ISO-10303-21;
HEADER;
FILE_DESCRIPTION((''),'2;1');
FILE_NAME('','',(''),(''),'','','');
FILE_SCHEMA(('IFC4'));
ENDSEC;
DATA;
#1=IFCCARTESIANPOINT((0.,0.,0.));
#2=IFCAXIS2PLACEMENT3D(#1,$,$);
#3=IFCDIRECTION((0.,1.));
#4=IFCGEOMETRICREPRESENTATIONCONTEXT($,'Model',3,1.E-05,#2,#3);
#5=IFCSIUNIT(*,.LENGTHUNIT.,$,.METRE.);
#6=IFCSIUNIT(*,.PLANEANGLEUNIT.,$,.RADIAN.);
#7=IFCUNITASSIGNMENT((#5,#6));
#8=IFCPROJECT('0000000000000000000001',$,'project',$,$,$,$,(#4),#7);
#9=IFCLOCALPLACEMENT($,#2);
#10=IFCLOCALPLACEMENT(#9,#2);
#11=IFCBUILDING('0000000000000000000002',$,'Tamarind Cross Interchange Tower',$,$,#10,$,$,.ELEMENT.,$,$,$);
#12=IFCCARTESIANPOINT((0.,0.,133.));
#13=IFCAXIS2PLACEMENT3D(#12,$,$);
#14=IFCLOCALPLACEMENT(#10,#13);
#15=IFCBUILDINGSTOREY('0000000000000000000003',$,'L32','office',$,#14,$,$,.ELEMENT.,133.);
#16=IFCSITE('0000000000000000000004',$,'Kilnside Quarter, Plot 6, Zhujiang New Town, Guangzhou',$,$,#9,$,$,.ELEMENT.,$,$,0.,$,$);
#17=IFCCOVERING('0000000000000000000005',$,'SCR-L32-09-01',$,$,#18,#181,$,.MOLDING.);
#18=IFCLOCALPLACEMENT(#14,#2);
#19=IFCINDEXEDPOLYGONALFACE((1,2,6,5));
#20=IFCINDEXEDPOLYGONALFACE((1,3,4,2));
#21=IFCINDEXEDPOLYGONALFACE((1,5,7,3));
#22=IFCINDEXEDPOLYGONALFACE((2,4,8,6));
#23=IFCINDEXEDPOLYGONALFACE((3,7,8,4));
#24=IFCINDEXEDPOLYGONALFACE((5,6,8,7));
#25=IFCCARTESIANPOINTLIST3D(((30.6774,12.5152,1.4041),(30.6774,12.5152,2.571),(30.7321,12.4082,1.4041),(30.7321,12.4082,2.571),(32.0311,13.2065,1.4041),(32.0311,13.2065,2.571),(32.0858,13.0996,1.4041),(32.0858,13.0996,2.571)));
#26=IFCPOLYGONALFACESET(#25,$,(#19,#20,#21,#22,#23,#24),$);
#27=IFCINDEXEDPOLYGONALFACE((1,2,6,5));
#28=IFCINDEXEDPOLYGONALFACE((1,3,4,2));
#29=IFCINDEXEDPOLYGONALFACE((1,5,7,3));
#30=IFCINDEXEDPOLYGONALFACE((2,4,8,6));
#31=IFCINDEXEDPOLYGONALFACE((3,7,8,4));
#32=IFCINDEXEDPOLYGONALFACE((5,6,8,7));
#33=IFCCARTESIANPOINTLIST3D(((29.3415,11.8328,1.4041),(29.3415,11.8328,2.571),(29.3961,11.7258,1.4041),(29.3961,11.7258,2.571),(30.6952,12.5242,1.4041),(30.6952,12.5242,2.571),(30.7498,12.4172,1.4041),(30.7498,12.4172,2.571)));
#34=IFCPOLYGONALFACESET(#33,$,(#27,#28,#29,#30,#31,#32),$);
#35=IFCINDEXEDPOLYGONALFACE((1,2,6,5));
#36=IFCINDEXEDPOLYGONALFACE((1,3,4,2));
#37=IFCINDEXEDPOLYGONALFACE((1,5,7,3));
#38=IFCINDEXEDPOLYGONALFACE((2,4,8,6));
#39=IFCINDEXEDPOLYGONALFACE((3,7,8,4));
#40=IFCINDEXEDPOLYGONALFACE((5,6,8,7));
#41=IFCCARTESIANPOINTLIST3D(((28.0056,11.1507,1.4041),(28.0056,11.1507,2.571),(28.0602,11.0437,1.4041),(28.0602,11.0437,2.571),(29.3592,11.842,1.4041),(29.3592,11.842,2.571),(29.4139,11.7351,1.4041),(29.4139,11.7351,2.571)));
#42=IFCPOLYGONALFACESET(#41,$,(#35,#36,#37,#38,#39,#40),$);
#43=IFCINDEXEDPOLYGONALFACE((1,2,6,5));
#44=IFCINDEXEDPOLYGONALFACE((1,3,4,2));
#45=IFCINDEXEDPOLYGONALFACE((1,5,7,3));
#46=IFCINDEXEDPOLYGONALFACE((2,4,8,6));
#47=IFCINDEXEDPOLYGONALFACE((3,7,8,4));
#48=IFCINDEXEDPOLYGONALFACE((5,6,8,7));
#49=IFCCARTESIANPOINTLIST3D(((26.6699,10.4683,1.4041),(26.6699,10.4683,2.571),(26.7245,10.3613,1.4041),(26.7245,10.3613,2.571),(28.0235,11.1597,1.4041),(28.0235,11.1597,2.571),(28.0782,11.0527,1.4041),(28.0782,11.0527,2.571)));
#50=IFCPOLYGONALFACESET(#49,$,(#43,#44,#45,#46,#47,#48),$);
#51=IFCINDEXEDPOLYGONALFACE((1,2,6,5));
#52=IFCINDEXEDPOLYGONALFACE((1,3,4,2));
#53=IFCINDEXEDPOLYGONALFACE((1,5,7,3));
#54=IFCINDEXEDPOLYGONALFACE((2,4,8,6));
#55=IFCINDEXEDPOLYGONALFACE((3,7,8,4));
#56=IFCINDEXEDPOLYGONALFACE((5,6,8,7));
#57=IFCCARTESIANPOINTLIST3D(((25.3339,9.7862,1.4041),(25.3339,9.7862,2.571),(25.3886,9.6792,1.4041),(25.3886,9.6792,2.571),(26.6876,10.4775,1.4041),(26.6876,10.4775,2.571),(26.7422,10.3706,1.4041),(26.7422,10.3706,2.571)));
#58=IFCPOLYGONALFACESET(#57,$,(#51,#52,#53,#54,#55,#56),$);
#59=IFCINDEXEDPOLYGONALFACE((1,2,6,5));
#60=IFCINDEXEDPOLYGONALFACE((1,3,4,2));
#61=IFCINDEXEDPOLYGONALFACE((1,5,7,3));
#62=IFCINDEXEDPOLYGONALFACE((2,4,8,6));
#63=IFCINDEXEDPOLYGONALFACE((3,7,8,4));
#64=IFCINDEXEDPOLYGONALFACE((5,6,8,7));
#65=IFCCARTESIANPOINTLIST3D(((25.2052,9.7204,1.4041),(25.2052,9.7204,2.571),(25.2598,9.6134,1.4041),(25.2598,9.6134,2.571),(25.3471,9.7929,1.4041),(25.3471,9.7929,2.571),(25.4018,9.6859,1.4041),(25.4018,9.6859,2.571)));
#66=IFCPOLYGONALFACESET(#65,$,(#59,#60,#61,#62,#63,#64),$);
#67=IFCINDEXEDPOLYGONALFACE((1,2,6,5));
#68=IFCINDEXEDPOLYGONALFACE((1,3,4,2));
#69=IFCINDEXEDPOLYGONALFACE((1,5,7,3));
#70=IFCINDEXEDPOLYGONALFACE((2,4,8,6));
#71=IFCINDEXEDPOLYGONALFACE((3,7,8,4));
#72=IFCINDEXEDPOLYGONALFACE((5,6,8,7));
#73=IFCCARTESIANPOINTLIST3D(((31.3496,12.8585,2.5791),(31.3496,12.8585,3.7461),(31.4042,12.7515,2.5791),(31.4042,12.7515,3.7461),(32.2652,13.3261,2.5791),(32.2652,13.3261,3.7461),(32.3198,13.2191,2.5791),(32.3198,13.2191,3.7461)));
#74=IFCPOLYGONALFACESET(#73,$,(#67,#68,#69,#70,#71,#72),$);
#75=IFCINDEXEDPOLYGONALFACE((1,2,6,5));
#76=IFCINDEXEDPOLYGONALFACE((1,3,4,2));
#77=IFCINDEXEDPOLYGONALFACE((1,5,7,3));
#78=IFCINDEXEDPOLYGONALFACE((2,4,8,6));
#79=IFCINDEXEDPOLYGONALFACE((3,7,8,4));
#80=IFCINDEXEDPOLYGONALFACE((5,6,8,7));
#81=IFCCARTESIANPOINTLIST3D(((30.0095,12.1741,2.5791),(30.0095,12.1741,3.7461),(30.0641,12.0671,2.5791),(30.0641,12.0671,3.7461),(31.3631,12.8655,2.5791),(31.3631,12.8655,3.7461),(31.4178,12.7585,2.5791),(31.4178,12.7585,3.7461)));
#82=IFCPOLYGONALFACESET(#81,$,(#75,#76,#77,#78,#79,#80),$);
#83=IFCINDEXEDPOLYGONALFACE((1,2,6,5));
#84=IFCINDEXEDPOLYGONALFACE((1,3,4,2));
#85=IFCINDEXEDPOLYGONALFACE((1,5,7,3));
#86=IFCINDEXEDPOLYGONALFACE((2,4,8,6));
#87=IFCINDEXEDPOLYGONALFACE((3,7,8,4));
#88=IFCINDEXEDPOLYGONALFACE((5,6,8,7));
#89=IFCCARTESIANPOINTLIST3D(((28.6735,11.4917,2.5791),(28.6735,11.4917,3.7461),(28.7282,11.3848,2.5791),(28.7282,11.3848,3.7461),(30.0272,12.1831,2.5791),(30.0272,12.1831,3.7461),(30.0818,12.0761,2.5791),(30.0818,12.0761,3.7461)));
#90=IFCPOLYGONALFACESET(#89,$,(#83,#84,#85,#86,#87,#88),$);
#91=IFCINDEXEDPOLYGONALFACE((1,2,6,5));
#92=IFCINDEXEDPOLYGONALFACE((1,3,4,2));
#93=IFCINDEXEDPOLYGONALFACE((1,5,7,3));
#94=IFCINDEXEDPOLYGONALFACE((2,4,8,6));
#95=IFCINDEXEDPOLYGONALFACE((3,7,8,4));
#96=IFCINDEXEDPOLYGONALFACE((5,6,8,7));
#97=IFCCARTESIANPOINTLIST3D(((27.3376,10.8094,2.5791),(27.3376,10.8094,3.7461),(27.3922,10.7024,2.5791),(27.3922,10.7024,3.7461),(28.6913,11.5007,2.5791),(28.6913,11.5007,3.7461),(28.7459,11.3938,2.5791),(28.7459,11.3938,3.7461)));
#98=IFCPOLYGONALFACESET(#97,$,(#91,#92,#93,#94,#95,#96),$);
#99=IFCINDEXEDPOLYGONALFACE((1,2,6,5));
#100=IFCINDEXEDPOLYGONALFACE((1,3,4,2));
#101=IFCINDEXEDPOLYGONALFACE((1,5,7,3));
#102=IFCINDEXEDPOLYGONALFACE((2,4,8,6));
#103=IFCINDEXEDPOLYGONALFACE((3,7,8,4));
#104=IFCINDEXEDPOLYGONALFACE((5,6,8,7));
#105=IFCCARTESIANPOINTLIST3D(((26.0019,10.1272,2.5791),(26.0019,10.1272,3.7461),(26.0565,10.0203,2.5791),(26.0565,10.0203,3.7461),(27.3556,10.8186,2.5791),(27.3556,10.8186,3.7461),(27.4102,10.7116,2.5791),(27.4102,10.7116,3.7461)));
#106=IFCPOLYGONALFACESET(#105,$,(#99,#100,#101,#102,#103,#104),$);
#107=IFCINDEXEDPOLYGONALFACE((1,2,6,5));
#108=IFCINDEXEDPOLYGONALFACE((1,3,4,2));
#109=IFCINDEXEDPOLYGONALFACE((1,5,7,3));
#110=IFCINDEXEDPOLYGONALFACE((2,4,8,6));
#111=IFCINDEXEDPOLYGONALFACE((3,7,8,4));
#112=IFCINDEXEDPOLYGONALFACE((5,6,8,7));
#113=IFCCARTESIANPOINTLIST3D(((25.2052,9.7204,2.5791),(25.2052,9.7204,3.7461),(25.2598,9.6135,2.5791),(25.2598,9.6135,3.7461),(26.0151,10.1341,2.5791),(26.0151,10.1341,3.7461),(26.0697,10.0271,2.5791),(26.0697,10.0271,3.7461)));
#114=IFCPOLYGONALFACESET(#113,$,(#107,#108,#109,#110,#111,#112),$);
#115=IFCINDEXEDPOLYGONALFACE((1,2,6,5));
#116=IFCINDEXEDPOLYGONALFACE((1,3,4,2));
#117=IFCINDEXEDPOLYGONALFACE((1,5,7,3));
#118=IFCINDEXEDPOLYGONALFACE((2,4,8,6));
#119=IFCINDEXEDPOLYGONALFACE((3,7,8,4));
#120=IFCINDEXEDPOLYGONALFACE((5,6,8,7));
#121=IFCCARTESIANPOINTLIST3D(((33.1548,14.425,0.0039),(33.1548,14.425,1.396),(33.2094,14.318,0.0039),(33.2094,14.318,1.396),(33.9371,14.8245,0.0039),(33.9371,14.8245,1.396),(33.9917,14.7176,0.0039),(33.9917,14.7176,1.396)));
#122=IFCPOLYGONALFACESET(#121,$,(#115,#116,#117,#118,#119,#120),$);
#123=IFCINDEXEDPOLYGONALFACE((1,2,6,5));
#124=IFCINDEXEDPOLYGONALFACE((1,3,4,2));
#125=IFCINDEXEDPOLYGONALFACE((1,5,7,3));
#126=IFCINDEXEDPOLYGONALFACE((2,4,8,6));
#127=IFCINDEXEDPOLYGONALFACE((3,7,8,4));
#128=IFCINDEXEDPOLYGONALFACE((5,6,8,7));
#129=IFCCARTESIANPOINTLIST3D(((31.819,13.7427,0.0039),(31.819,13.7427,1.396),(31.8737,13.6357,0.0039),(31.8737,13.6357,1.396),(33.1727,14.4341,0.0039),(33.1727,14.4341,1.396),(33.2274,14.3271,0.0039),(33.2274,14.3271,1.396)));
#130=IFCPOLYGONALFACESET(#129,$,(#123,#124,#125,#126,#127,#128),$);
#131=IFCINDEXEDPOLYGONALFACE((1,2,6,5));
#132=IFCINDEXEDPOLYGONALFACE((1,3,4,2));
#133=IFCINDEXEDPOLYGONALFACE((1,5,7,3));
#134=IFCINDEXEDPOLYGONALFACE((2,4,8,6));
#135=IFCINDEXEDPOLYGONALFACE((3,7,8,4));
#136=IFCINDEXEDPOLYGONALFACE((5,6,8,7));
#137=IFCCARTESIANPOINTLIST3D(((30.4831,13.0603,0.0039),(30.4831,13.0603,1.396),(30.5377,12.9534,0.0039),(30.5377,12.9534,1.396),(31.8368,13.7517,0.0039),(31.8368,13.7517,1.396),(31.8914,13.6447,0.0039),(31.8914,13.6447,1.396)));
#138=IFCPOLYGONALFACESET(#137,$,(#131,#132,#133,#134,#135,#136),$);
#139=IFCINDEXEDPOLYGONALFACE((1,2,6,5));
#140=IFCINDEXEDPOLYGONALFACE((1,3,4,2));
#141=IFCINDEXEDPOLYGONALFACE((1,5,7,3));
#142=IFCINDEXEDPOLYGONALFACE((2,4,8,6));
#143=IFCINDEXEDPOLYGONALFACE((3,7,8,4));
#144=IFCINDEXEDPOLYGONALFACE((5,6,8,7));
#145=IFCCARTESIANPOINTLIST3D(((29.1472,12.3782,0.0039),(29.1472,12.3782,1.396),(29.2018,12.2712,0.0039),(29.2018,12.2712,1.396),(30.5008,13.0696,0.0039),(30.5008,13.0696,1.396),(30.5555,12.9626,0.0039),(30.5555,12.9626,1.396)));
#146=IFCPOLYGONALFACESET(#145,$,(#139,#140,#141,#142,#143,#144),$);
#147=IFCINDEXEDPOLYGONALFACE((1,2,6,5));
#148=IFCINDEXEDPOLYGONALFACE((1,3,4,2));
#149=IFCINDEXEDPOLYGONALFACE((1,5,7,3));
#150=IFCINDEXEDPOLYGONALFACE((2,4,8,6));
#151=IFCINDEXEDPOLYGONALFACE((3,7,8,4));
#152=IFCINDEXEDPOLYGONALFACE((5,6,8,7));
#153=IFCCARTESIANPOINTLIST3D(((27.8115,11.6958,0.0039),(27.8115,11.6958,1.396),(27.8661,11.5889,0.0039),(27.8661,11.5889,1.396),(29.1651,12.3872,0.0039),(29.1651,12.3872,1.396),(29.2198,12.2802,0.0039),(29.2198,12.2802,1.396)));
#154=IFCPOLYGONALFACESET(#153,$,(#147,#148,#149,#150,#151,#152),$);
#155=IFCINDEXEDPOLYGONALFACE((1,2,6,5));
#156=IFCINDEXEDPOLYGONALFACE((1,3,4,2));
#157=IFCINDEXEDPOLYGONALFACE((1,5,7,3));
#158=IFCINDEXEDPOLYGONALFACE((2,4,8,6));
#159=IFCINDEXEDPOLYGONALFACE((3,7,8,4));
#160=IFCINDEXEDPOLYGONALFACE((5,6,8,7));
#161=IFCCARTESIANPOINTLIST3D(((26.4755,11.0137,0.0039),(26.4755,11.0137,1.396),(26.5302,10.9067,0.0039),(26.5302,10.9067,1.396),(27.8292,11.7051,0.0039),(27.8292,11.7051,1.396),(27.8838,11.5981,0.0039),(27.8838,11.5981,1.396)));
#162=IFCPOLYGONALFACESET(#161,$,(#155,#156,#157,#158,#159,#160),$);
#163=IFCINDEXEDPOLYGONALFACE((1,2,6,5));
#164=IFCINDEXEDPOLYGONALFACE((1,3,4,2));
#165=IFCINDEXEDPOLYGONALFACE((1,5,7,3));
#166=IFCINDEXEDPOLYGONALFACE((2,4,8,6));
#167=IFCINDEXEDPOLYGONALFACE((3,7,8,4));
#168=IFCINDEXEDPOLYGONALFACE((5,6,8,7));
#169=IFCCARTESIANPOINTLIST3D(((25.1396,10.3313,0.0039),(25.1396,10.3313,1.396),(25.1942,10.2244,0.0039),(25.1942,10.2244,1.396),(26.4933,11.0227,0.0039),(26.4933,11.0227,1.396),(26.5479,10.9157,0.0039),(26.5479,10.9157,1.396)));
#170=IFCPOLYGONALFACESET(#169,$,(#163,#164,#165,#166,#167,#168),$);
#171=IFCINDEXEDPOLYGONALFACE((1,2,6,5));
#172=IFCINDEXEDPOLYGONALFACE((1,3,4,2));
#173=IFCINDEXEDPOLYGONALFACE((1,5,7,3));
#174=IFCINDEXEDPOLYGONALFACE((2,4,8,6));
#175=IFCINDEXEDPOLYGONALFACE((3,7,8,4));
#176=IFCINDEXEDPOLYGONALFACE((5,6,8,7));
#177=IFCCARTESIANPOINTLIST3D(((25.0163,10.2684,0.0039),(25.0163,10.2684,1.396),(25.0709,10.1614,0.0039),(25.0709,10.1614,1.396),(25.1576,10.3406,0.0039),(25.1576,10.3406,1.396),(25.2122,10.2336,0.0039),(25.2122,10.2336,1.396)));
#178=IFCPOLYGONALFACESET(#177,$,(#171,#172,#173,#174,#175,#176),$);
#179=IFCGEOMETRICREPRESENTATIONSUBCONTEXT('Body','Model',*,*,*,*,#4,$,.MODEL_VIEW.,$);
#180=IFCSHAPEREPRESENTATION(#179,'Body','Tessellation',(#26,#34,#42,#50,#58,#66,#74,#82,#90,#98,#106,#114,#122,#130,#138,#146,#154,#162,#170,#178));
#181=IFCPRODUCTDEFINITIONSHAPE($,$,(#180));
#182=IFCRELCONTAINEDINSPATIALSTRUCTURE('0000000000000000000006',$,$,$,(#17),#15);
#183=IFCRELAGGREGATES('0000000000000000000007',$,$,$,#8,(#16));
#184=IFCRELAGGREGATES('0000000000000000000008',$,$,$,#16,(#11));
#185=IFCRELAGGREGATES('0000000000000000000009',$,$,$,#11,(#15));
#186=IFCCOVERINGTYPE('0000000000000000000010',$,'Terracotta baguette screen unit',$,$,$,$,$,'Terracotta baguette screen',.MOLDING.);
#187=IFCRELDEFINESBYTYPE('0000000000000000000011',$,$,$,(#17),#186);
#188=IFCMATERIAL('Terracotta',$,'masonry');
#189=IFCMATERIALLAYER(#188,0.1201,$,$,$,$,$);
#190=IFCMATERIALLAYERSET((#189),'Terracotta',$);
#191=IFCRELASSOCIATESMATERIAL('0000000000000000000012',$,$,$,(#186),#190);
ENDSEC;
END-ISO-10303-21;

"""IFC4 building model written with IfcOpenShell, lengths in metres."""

from ifc_helpers import new_model, si_unit, direction, frame, origin, origin_2d, place, context, subcontext, project, spatial, rectangle, extrude, material, layer, layer_set, type_object, element, save


model = new_model("IFC4")

# Units and contexts
model_context = context("Model", 3, precision=1e-05, world=origin(), true_north=direction((0.0, 1.0)))
body_context = subcontext(model_context, "Body", "Model", "MODEL_VIEW")
ifc_project = project(units=[si_unit("LENGTHUNIT", "METRE"), si_unit("PLANEANGLEUNIT", "RADIAN")], contexts=[model_context])

# Site, building, storey
site_placement = place(None, origin())
site = spatial("IfcSite", under=ifc_project, at=site_placement, Name="Kilnside Quarter, Plot 6, Zhujiang New Town, Guangzhou", CompositionType="ELEMENT", RefElevation=0.0)
building_placement = place(site_placement, origin())
building = spatial("IfcBuilding", under=site, at=building_placement, Name="Tamarind Cross Interchange Tower", CompositionType="ELEMENT")
storey_placement = place(building_placement, frame((0.0, 0.0, 133.0)))
storey = spatial("IfcBuildingStorey", under=building, at=storey_placement, Name="L32", Description="office", CompositionType="ELEMENT", Elevation=133.0)

# Covering
ifc_material_1 = material(Name="Terracotta", Category="masonry")
ifc_layer_1 = layer(ifc_material_1, 0.1201)
ifc_layer_set_1 = layer_set([ifc_layer_1], Name="Terracotta")
covering_type = type_object("IfcCoveringType", Name="Terracotta baguette screen unit", ElementType="Terracotta baguette screen", PredefinedType="MOLDING", material=ifc_layer_set_1)
covering_1_placement = place(storey_placement, origin())
element("IfcCovering", 1, at=covering_1_placement, inside=storey, type_object=covering_type, Name="SCR-L32-09-01", PredefinedType="MOLDING", context=body_context, shape_type="SweptSolid", body=[
    extrude(rectangle(XDim=1.52, YDim=0.1201, at=origin_2d()), frame((31.3816, 12.8074, 1.4041), z_axis=(0.0, 0.0, 1.0), x_axis=(-0.89057, -0.454847, 0.0)), (0.0, 0.0, 1.0), 1.167),
    extrude(rectangle(XDim=1.52, YDim=0.1201, at=origin_2d()), frame((30.0457, 12.125, 1.4041), z_axis=(0.0, 0.0, 1.0), x_axis=(-0.89057, -0.454847, 0.0)), (0.0, 0.0, 1.0), 1.167),
    extrude(rectangle(XDim=1.52, YDim=0.1201, at=origin_2d()), frame((28.7097, 11.4429, 1.4041), z_axis=(0.0, 0.0, 1.0), x_axis=(-0.89057, -0.454847, 0.0)), (0.0, 0.0, 1.0), 1.167),
    extrude(rectangle(XDim=1.52, YDim=0.1201, at=origin_2d()), frame((27.374, 10.7605, 1.4041), z_axis=(0.0, 0.0, 1.0), x_axis=(-0.89057, -0.454847, 0.0)), (0.0, 0.0, 1.0), 1.167),
    extrude(rectangle(XDim=1.52, YDim=0.1201, at=origin_2d()), frame((26.0381, 10.0784, 1.4041), z_axis=(0.0, 0.0, 1.0), x_axis=(-0.89057, -0.454847, 0.0)), (0.0, 0.0, 1.0), 1.167),
    extrude(rectangle(XDim=0.1594, YDim=0.1201, at=origin_2d()), frame((25.3035, 9.7031, 1.4041), z_axis=(0.0, 0.0, 1.0), x_axis=(-0.89057, -0.454847, 0.0)), (0.0, 0.0, 1.0), 1.167),
    extrude(rectangle(XDim=1.0281, YDim=0.1201, at=origin_2d()), frame((31.8347, 13.0388, 2.5791), z_axis=(0.0, 0.0, 1.0), x_axis=(-0.89057, -0.454847, 0.0)), (0.0, 0.0, 1.0), 1.167),
    extrude(rectangle(XDim=1.52, YDim=0.1201, at=origin_2d()), frame((30.7136, 12.4663, 2.5791), z_axis=(0.0, 0.0, 1.0), x_axis=(-0.89057, -0.454847, 0.0)), (0.0, 0.0, 1.0), 1.167),
    extrude(rectangle(XDim=1.52, YDim=0.1201, at=origin_2d()), frame((29.3777, 11.7839, 2.5791), z_axis=(0.0, 0.0, 1.0), x_axis=(-0.89057, -0.454847, 0.0)), (0.0, 0.0, 1.0), 1.167),
    extrude(rectangle(XDim=1.52, YDim=0.1201, at=origin_2d()), frame((28.0417, 11.1016, 2.5791), z_axis=(0.0, 0.0, 1.0), x_axis=(-0.89057, -0.454847, 0.0)), (0.0, 0.0, 1.0), 1.167),
    extrude(rectangle(XDim=1.52, YDim=0.1201, at=origin_2d()), frame((26.7061, 10.4194, 2.5791), z_axis=(0.0, 0.0, 1.0), x_axis=(-0.89057, -0.454847, 0.0)), (0.0, 0.0, 1.0), 1.167),
    extrude(rectangle(XDim=0.9094, YDim=0.1201, at=origin_2d()), frame((25.6375, 9.8738, 2.5791), z_axis=(0.0, 0.0, 1.0), x_axis=(-0.89057, -0.454847, 0.0)), (0.0, 0.0, 1.0), 1.167),
    extrude(rectangle(XDim=0.8784, YDim=0.1201, at=origin_2d()), frame((33.5732, 14.5713, 0.0039), z_axis=(0.0, 0.0, 1.0), x_axis=(-0.89057, -0.454847, 0.0)), (0.0, 0.0, 1.0), 1.3921),
    extrude(rectangle(XDim=1.52, YDim=0.1201, at=origin_2d()), frame((32.5232, 14.0349, 0.0039), z_axis=(0.0, 0.0, 1.0), x_axis=(-0.89057, -0.454847, 0.0)), (0.0, 0.0, 1.0), 1.3921),
    extrude(rectangle(XDim=1.52, YDim=0.1201, at=origin_2d()), frame((31.1873, 13.3525, 0.0039), z_axis=(0.0, 0.0, 1.0), x_axis=(-0.89057, -0.454847, 0.0)), (0.0, 0.0, 1.0), 1.3921),
    extrude(rectangle(XDim=1.52, YDim=0.1201, at=origin_2d()), frame((29.8513, 12.6704, 0.0039), z_axis=(0.0, 0.0, 1.0), x_axis=(-0.89057, -0.454847, 0.0)), (0.0, 0.0, 1.0), 1.3921),
    extrude(rectangle(XDim=1.52, YDim=0.1201, at=origin_2d()), frame((28.5156, 11.988, 0.0039), z_axis=(0.0, 0.0, 1.0), x_axis=(-0.89057, -0.454847, 0.0)), (0.0, 0.0, 1.0), 1.3921),
    extrude(rectangle(XDim=1.52, YDim=0.1201, at=origin_2d()), frame((27.1797, 11.3059, 0.0039), z_axis=(0.0, 0.0, 1.0), x_axis=(-0.89057, -0.454847, 0.0)), (0.0, 0.0, 1.0), 1.3921),
    extrude(rectangle(XDim=1.52, YDim=0.1201, at=origin_2d()), frame((25.8438, 10.6235, 0.0039), z_axis=(0.0, 0.0, 1.0), x_axis=(-0.89057, -0.454847, 0.0)), (0.0, 0.0, 1.0), 1.3921),
    extrude(rectangle(XDim=0.1587, YDim=0.1201, at=origin_2d()), frame((25.1143, 10.251, 0.0039), z_axis=(0.0, 0.0, 1.0), x_axis=(-0.89057, -0.454847, 0.0)), (0.0, 0.0, 1.0), 1.3921),
])

save(model, "model.ifc")
